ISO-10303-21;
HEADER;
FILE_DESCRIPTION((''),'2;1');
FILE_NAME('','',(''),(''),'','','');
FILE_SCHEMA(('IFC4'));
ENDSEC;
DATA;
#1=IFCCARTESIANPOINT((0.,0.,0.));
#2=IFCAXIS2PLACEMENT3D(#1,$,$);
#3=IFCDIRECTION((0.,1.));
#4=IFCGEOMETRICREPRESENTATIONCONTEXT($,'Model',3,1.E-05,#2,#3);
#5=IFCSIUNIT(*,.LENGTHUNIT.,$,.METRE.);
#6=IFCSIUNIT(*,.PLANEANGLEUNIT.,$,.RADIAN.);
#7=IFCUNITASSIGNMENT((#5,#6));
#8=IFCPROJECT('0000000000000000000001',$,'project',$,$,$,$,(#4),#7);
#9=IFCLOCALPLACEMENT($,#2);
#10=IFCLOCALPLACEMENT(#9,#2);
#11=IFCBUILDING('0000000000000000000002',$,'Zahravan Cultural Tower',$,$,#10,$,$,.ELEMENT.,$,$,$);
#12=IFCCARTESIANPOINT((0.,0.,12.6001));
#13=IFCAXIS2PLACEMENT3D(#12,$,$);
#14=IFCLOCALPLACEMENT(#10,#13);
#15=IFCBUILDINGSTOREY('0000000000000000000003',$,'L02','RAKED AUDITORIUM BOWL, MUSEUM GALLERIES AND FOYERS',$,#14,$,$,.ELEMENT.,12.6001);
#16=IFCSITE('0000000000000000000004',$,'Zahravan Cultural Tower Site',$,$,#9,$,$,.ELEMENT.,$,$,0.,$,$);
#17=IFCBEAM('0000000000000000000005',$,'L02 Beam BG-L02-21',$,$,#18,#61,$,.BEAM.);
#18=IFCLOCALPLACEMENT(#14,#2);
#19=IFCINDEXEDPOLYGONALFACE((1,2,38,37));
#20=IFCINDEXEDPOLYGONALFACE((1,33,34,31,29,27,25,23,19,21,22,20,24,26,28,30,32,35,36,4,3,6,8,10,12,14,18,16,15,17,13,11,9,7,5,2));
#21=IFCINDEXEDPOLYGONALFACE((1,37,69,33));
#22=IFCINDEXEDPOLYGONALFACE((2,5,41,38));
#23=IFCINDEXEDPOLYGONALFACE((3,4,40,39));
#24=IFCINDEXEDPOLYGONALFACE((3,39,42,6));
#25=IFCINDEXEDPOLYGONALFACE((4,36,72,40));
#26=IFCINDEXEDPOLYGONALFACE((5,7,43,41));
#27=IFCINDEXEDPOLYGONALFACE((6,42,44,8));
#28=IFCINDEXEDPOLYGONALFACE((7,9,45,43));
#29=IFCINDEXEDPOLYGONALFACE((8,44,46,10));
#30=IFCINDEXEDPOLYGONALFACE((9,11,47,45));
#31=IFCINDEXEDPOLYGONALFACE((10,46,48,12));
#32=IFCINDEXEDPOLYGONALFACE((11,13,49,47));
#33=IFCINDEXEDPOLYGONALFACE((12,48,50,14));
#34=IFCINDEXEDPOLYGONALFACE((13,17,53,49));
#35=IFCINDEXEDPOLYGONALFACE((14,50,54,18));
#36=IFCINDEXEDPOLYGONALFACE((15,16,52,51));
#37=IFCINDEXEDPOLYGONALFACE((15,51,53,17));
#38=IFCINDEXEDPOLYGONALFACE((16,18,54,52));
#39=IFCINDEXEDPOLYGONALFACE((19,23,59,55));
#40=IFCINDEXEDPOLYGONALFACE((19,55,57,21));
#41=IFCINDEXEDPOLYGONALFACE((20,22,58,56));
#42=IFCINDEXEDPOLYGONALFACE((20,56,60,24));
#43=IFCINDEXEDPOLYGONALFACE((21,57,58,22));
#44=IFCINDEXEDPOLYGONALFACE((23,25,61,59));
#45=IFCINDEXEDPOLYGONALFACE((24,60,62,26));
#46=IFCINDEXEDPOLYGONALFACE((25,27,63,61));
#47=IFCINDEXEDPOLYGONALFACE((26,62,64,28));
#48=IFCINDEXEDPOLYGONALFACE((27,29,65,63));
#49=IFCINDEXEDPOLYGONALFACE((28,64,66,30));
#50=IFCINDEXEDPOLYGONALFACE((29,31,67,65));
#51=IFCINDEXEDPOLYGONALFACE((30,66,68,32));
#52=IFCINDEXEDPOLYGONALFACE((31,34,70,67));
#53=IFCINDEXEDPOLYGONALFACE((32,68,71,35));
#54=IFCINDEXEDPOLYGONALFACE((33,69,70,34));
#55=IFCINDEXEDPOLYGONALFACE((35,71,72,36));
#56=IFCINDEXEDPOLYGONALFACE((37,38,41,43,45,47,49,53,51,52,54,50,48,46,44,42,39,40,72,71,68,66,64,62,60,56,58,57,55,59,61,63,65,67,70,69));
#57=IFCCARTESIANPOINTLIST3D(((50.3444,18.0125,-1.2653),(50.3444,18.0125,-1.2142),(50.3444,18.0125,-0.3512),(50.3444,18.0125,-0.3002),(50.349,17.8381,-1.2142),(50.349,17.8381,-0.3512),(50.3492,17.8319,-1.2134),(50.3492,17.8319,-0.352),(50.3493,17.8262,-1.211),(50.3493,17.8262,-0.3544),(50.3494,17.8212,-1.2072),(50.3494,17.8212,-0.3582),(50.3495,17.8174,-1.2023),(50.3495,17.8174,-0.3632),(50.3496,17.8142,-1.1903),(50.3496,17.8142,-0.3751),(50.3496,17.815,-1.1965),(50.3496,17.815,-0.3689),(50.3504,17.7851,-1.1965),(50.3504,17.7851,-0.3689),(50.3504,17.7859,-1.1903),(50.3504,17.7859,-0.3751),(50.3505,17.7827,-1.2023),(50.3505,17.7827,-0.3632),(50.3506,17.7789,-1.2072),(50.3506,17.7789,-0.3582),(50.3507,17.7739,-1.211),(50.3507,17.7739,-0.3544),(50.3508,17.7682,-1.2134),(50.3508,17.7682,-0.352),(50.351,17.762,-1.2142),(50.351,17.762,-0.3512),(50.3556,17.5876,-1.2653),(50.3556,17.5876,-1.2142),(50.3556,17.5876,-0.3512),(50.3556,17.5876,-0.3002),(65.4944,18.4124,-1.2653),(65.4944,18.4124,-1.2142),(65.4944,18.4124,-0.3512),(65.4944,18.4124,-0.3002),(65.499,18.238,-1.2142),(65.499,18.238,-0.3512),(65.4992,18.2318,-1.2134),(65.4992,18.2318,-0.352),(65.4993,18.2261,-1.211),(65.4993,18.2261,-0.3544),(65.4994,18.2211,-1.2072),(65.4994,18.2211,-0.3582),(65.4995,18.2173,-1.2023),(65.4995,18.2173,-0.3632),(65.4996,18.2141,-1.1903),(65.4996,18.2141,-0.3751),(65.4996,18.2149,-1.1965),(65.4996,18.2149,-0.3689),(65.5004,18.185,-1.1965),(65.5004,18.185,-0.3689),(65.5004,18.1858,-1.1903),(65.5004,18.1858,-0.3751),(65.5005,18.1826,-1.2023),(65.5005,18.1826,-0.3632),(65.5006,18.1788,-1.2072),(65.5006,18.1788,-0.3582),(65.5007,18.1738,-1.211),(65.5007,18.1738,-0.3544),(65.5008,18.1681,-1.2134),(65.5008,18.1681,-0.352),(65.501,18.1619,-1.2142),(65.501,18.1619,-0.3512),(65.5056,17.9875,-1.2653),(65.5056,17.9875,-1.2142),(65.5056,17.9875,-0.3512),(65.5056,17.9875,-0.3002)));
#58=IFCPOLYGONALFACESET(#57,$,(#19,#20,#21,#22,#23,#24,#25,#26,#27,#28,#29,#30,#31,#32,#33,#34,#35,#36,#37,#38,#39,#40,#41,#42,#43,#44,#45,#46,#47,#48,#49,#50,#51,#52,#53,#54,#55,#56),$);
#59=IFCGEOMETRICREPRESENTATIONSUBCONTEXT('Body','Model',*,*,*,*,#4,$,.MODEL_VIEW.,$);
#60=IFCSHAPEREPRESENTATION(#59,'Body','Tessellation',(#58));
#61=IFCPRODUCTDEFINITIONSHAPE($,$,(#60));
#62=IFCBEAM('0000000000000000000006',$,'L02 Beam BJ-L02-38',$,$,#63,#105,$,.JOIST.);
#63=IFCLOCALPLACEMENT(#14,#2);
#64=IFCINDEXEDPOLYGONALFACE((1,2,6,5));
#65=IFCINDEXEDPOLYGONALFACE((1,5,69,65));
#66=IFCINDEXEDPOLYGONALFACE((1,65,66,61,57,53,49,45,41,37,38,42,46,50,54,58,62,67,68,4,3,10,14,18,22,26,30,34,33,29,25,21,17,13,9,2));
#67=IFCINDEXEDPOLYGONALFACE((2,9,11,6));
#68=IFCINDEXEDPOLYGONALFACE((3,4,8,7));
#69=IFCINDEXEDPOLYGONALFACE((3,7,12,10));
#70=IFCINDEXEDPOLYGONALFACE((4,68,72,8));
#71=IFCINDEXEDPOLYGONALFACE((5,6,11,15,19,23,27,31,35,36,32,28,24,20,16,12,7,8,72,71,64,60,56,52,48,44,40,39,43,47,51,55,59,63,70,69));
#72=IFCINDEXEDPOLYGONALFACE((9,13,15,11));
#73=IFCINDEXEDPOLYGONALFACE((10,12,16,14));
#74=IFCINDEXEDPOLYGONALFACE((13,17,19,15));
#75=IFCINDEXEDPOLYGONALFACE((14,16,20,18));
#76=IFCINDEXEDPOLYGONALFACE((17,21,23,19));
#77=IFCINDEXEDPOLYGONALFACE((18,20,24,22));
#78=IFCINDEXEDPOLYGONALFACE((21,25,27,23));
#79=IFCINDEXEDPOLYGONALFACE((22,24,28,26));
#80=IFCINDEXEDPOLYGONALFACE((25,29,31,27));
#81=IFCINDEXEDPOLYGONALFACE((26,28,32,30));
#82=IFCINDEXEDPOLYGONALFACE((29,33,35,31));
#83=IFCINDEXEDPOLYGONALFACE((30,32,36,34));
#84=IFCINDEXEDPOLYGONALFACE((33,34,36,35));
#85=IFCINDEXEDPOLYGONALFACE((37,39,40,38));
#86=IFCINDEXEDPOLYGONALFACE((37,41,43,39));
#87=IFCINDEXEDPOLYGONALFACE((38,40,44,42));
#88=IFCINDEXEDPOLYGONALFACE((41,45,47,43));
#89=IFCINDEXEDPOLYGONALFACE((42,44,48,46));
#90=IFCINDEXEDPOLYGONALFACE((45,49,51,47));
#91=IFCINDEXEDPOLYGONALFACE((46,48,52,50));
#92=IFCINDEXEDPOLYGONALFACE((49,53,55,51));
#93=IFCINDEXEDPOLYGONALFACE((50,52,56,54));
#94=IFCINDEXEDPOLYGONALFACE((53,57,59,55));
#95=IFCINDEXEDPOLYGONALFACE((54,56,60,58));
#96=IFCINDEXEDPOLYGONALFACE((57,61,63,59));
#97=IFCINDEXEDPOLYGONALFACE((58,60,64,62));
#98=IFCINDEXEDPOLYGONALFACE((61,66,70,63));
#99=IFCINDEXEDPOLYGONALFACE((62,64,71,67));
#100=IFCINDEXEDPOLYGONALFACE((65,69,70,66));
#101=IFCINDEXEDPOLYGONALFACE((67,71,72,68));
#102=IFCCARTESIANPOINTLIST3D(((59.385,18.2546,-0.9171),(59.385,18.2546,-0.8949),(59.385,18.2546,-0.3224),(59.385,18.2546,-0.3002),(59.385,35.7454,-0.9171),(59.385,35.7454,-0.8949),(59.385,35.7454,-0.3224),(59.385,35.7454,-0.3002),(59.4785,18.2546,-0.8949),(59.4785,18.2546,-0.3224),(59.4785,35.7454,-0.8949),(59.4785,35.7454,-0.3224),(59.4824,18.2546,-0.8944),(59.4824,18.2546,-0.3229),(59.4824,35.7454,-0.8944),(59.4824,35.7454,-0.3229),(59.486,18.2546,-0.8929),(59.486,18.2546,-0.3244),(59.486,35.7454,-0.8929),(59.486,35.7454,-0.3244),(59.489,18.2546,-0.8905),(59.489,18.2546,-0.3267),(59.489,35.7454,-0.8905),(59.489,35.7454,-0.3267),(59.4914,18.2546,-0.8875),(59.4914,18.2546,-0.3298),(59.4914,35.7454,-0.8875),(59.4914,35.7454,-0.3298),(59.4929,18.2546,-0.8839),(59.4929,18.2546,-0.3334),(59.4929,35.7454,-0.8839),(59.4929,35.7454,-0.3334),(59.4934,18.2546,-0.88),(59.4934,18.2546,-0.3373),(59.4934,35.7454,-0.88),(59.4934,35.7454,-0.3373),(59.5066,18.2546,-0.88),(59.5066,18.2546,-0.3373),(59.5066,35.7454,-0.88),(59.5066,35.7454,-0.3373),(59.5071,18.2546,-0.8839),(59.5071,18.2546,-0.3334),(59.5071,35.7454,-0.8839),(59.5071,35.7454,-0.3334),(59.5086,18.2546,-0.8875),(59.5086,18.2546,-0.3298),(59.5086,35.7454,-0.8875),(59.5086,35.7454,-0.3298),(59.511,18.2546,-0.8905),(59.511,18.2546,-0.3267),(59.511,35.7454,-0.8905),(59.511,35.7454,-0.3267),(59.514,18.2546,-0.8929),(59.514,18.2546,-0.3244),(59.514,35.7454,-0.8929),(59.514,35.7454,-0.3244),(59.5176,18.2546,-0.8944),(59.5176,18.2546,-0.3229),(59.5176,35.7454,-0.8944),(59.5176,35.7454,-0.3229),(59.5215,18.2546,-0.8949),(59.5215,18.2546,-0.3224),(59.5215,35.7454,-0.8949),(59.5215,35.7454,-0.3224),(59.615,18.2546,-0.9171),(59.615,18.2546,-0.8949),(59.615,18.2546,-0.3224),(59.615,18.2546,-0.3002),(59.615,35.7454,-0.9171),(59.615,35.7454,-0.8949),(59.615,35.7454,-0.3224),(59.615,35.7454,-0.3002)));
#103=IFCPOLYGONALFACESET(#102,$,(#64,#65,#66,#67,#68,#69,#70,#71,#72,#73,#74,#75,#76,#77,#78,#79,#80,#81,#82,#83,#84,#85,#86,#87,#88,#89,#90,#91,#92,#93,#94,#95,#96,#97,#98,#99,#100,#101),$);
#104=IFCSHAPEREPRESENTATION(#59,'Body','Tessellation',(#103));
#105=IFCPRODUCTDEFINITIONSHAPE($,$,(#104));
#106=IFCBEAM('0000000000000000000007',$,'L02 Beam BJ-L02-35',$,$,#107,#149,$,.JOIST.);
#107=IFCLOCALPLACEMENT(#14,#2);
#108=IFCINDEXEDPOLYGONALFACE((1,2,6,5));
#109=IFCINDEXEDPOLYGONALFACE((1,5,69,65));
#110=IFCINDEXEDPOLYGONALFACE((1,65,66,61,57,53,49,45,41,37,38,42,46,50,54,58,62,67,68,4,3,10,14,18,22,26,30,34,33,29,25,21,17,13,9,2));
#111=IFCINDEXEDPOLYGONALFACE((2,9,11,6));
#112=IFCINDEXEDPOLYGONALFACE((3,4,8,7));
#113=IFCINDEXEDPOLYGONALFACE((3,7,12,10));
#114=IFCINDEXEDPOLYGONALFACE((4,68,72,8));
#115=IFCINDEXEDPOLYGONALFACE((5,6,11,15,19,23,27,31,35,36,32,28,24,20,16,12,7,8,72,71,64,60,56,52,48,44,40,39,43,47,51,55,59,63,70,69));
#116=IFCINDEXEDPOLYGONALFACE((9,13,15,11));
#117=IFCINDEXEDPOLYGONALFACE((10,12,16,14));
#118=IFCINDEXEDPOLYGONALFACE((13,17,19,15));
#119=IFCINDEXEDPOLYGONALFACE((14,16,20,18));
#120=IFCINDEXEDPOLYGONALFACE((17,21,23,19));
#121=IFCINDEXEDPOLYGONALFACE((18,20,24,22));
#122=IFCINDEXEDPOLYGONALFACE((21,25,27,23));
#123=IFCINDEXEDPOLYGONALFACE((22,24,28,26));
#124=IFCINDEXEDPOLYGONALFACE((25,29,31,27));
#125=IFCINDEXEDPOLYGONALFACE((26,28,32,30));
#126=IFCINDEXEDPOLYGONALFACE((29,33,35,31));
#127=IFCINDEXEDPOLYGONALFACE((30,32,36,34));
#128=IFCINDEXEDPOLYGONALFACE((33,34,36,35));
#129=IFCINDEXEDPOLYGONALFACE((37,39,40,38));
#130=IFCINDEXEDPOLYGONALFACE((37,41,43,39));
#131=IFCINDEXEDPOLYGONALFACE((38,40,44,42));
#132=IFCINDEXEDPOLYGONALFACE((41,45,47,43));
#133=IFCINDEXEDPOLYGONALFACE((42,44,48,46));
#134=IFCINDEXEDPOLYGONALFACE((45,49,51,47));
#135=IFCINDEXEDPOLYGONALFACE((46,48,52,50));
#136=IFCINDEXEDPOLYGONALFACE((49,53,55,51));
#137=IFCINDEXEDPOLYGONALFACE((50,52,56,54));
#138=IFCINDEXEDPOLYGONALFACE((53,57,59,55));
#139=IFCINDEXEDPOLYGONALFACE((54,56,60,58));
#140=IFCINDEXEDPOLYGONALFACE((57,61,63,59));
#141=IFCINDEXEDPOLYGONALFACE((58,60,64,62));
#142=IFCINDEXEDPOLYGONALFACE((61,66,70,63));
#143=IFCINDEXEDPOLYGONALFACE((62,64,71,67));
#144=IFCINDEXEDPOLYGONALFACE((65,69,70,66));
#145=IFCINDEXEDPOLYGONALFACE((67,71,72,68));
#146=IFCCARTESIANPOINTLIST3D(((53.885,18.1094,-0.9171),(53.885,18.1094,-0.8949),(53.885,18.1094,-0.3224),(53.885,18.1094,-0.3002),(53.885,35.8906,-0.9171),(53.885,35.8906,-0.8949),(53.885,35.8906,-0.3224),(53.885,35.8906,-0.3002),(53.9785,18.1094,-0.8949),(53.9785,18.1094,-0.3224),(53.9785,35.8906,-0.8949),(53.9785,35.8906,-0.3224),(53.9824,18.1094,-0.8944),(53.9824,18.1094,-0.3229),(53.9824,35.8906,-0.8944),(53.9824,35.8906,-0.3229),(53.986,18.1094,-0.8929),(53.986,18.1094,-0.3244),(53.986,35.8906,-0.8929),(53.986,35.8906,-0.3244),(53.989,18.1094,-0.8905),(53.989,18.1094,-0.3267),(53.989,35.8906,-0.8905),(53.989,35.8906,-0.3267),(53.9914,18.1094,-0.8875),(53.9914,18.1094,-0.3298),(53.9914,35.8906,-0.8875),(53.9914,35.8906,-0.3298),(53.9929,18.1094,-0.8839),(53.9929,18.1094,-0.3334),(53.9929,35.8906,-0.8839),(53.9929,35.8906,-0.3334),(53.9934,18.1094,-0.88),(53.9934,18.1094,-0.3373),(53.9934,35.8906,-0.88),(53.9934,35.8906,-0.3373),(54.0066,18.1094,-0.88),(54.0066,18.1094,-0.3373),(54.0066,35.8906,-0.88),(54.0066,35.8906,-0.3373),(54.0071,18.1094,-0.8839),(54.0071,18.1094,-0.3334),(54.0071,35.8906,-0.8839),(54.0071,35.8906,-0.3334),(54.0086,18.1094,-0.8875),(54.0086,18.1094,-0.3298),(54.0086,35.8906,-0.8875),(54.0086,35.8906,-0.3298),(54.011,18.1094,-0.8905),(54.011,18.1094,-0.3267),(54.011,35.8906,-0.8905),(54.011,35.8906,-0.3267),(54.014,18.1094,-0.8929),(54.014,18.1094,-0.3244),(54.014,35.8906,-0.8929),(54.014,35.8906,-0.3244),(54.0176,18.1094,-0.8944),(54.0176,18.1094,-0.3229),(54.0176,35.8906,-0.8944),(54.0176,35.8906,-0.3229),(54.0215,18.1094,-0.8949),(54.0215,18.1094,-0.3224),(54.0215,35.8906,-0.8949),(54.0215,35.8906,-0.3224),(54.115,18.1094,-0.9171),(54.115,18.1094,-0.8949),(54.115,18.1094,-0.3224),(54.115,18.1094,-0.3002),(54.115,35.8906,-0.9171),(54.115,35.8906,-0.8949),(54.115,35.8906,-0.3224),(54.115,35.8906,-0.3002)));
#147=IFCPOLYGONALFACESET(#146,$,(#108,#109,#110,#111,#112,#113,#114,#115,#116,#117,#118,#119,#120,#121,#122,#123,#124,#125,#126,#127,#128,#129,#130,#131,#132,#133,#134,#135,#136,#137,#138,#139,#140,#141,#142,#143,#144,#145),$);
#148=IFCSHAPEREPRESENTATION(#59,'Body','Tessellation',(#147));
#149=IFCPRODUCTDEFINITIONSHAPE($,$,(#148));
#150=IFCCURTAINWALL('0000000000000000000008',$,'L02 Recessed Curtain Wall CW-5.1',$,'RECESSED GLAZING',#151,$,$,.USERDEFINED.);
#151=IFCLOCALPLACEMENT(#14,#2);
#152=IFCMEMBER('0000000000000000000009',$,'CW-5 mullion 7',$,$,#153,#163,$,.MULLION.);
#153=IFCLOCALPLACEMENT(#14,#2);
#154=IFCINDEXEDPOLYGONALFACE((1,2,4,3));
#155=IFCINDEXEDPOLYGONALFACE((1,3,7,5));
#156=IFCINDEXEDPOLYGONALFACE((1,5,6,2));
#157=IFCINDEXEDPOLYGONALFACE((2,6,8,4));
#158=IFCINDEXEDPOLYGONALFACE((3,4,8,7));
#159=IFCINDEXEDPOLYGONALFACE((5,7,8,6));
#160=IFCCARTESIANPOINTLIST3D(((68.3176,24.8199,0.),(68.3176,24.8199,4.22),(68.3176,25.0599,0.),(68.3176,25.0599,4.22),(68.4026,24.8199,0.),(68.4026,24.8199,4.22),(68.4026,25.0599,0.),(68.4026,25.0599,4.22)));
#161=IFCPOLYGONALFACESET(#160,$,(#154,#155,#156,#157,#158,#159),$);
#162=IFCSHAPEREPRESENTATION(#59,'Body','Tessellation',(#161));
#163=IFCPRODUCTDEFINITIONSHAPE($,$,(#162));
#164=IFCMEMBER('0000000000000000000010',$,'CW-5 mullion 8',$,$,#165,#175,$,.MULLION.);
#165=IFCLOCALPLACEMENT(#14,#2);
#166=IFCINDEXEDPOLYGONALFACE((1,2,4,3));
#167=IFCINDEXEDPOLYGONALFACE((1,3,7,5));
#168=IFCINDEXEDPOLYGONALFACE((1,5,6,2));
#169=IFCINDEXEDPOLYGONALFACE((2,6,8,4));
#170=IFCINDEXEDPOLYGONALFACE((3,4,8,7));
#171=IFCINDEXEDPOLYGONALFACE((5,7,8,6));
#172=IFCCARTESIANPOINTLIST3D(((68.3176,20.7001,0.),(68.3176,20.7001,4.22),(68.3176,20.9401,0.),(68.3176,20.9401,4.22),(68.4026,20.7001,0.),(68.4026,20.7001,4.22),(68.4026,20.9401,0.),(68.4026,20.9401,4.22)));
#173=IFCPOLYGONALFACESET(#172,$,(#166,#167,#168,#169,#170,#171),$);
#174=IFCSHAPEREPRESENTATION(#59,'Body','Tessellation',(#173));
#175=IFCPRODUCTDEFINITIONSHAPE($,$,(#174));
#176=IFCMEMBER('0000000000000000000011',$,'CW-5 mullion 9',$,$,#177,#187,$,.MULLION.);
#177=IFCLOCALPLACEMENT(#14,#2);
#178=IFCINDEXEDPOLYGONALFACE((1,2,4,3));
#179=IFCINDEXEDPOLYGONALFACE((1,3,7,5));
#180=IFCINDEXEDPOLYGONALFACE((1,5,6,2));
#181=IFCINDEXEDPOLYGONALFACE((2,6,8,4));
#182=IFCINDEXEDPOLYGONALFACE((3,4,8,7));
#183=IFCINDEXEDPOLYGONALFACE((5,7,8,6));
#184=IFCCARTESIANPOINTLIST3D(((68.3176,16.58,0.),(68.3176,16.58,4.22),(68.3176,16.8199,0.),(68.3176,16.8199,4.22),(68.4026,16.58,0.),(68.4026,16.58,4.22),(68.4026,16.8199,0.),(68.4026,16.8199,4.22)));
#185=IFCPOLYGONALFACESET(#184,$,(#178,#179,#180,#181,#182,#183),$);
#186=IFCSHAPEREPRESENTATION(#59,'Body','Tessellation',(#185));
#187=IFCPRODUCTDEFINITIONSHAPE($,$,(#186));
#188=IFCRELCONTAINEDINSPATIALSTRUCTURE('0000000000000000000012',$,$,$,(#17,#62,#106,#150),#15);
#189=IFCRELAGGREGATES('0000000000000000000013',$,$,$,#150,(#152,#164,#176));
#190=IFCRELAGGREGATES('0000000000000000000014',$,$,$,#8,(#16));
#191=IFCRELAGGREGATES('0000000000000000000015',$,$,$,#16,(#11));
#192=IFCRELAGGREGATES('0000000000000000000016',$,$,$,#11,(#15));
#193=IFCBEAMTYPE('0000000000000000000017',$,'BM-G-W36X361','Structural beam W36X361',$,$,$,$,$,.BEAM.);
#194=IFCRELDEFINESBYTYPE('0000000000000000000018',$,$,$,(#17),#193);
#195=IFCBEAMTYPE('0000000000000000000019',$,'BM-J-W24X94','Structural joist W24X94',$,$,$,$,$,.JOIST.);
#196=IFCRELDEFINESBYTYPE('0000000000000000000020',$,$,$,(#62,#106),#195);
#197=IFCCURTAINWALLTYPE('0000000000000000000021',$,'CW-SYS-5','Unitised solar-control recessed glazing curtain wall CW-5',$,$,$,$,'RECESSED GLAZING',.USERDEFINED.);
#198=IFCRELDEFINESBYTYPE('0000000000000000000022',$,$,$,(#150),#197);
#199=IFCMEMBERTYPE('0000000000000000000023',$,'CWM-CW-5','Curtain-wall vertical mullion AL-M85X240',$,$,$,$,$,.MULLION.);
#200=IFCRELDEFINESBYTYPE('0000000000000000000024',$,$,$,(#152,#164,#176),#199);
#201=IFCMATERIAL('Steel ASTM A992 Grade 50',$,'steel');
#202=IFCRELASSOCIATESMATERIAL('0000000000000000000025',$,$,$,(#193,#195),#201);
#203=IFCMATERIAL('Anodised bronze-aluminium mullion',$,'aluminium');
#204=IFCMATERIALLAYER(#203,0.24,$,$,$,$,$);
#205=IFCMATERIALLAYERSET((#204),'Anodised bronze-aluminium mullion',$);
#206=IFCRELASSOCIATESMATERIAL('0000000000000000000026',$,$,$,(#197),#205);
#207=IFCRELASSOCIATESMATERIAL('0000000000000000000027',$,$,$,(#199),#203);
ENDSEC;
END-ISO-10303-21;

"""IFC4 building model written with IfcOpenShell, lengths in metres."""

from ifc_helpers import new_model, si_unit, direction, frame, origin, origin_2d, place, context, subcontext, project, spatial, rectangle, i_section, extrude, source, transform, mapped, material, layer, layer_set, material_profile, profile_set, type_object, element, aggregate, save


model = new_model("IFC4")

# Units and contexts
model_context = context("Model", 3, precision=1e-05, world=origin(), true_north=direction((0.0, 1.0)))
body_context = subcontext(model_context, "Body", "Model", "MODEL_VIEW")
ifc_project = project(units=[si_unit("LENGTHUNIT", "METRE"), si_unit("PLANEANGLEUNIT", "RADIAN")], contexts=[model_context])

# Site, building, storey
site_placement = place(None, origin())
site = spatial("IfcSite", under=ifc_project, at=site_placement, Name="Zahravan Cultural Tower Site", CompositionType="ELEMENT", RefElevation=0.0)
building_placement = place(site_placement, origin())
building = spatial("IfcBuilding", under=site, at=building_placement, Name="Zahravan Cultural Tower", CompositionType="ELEMENT")
storey_placement = place(building_placement, frame((0.0, 0.0, 12.6001)))
storey = spatial("IfcBuildingStorey", under=building, at=storey_placement, Name="L02", Description="RAKED AUDITORIUM BOWL, MUSEUM GALLERIES AND FOYERS", CompositionType="ELEMENT", Elevation=12.6001)

# Beams
ifc_material_1 = material(Name="Steel ASTM A992 Grade 50", Category="steel")
ifc_material_profile_1 = material_profile(ifc_material_1, i_section(OverallWidth=0.425, OverallDepth=0.9651, WebThickness=0.0283, FlangeThickness=0.051, FilletRadius=0.0239, at=origin_2d()), Name="W36X361")
ifc_profile_set_1 = profile_set([ifc_material_profile_1], Name="Steel ASTM A992 Grade 50")
beam_type_1 = type_object("IfcBeamType", Name="BM-G-W36X361", Description="Structural beam W36X361", PredefinedType="BEAM", material=ifc_profile_set_1)
shared_shape_1 = source(origin(), body_context, "Body", "SweptSolid", [
    extrude(i_section(OverallWidth=0.425, OverallDepth=0.9651, WebThickness=0.0283, FlangeThickness=0.051, FilletRadius=0.0239, at=origin_2d()), origin(), (0.0, 0.0, 1.0), 15.1553),
])
beam_1_placement = place(storey_placement, frame((65.5, 18.2, -0.7827), z_axis=(-0.999652, -0.026387, 0.0), x_axis=(0.026387, -0.999652, 0.0)))
element("IfcBeam", 1, at=beam_1_placement, inside=storey, type_object=beam_type_1, Name="L02 Beam BG-L02-21", PredefinedType="BEAM", context=body_context, shape_type="MappedRepresentation", body=[
    mapped(shared_shape_1, transform((0.0, 0.0, 0.0), x_axis=(1.0, 0.0, 0.0), y_axis=(0.0, 1.0, 0.0), z_axis=(0.0, 0.0, 1.0), scale=1.0)),
])
ifc_material_profile_2 = material_profile(ifc_material_1, i_section(OverallWidth=0.23, OverallDepth=0.6169, WebThickness=0.0132, FlangeThickness=0.0222, FilletRadius=0.0149, at=origin_2d()), Name="W24X94")
ifc_profile_set_2 = profile_set([ifc_material_profile_2], Name="Steel ASTM A992 Grade 50")
beam_type_2 = type_object("IfcBeamType", Name="BM-J-W24X94", Description="Structural joist W24X94", PredefinedType="JOIST", material=ifc_profile_set_2)
shared_shape_2 = source(origin(), body_context, "Body", "SweptSolid", [
    extrude(i_section(OverallWidth=0.23, OverallDepth=0.6169, WebThickness=0.0132, FlangeThickness=0.0222, FilletRadius=0.0149, at=origin_2d()), origin(), (0.0, 0.0, 1.0), 17.4907),
])
beam_2_placement = place(storey_placement, frame((59.5, 18.2546, -0.6086), z_axis=(0.0, 1.0, 0.0), x_axis=(-1.0, 0.0, 0.0)))
element("IfcBeam", 2, at=beam_2_placement, inside=storey, type_object=beam_type_2, Name="L02 Beam BJ-L02-38", PredefinedType="JOIST", context=body_context, shape_type="MappedRepresentation", body=[
    mapped(shared_shape_2, transform((0.0, 0.0, 0.0), x_axis=(1.0, 0.0, 0.0), y_axis=(0.0, 1.0, 0.0), z_axis=(0.0, 0.0, 1.0), scale=1.0)),
])
shared_shape_3 = source(origin(), body_context, "Body", "SweptSolid", [
    extrude(i_section(OverallWidth=0.23, OverallDepth=0.6169, WebThickness=0.0132, FlangeThickness=0.0222, FilletRadius=0.0149, at=origin_2d()), origin(), (0.0, 0.0, 1.0), 17.7812),
])
beam_3_placement = place(storey_placement, frame((54.0, 18.1094, -0.6086), z_axis=(0.0, 1.0, 0.0), x_axis=(-1.0, 0.0, 0.0)))
element("IfcBeam", 3, at=beam_3_placement, inside=storey, type_object=beam_type_2, Name="L02 Beam BJ-L02-35", PredefinedType="JOIST", context=body_context, shape_type="MappedRepresentation", body=[
    mapped(shared_shape_3, transform((0.0, 0.0, 0.0), x_axis=(1.0, 0.0, 0.0), y_axis=(0.0, 1.0, 0.0), z_axis=(0.0, 0.0, 1.0), scale=1.0)),
])

# Curtain wall, members
ifc_material_2 = material(Name="Anodised bronze-aluminium mullion", Category="aluminium")
ifc_layer_1 = layer(ifc_material_2, 0.24)
ifc_layer_set_1 = layer_set([ifc_layer_1], Name="Anodised bronze-aluminium mullion")
curtain_wall_type = type_object("IfcCurtainWallType", Name="CW-SYS-5", Description="Unitised solar-control recessed glazing curtain wall CW-5", ElementType="RECESSED GLAZING", PredefinedType="USERDEFINED", material=ifc_layer_set_1)
curtain_wall_placement = place(storey_placement, origin())
curtain_wall = element("IfcCurtainWall", 4, at=curtain_wall_placement, inside=storey, type_object=curtain_wall_type, Name="L02 Recessed Curtain Wall CW-5.1", ObjectType="RECESSED GLAZING", PredefinedType="USERDEFINED")
ifc_material_profile_3 = material_profile(ifc_material_2, rectangle(XDim=0.085, YDim=0.24, at=origin_2d()), Name="AL-M85X240")
ifc_profile_set_3 = profile_set([ifc_material_profile_3], Name="Anodised bronze-aluminium mullion")
member_type_1 = type_object("IfcMemberType", Name="CWM-CW-5", Description="Curtain-wall vertical mullion AL-M85X240", PredefinedType="MULLION", material=ifc_profile_set_3)
shared_shape_4 = source(origin(), body_context, "Body", "SweptSolid", [
    extrude(rectangle(XDim=0.085, YDim=0.24, at=origin_2d()), origin(), (0.0, 0.0, 1.0), 4.22),
])
member_1_placement = place(storey_placement, frame((68.3601, 24.9399, 0.0), z_axis=(0.0, 0.0, 1.0), x_axis=(1.0, 0.0, 0.0)))
member_1 = element("IfcMember", 5, at=member_1_placement, type_object=member_type_1, Name="CW-5 mullion 7", PredefinedType="MULLION", context=body_context, shape_type="MappedRepresentation", body=[
    mapped(shared_shape_4, transform((0.0, 0.0, 0.0), x_axis=(1.0, 0.0, 0.0), y_axis=(0.0, 1.0, 0.0), z_axis=(0.0, 0.0, 1.0), scale=1.0)),
])
member_2_placement = place(storey_placement, frame((68.3601, 20.8201, 0.0), z_axis=(0.0, 0.0, 1.0), x_axis=(1.0, 0.0, 0.0)))
member_2 = element("IfcMember", 6, at=member_2_placement, type_object=member_type_1, Name="CW-5 mullion 8", PredefinedType="MULLION", context=body_context, shape_type="MappedRepresentation", body=[
    mapped(shared_shape_4, transform((0.0, 0.0, 0.0), x_axis=(1.0, 0.0, 0.0), y_axis=(0.0, 1.0, 0.0), z_axis=(0.0, 0.0, 1.0), scale=1.0)),
])
member_3_placement = place(storey_placement, frame((68.3601, 16.7, 0.0), z_axis=(0.0, 0.0, 1.0), x_axis=(1.0, 0.0, 0.0)))
member_3 = element("IfcMember", 7, at=member_3_placement, type_object=member_type_1, Name="CW-5 mullion 9", PredefinedType="MULLION", context=body_context, shape_type="MappedRepresentation", body=[
    mapped(shared_shape_4, transform((0.0, 0.0, 0.0), x_axis=(1.0, 0.0, 0.0), y_axis=(0.0, 1.0, 0.0), z_axis=(0.0, 0.0, 1.0), scale=1.0)),
])
aggregate(curtain_wall, [member_1, member_2, member_3])

save(model, "model.ifc")
